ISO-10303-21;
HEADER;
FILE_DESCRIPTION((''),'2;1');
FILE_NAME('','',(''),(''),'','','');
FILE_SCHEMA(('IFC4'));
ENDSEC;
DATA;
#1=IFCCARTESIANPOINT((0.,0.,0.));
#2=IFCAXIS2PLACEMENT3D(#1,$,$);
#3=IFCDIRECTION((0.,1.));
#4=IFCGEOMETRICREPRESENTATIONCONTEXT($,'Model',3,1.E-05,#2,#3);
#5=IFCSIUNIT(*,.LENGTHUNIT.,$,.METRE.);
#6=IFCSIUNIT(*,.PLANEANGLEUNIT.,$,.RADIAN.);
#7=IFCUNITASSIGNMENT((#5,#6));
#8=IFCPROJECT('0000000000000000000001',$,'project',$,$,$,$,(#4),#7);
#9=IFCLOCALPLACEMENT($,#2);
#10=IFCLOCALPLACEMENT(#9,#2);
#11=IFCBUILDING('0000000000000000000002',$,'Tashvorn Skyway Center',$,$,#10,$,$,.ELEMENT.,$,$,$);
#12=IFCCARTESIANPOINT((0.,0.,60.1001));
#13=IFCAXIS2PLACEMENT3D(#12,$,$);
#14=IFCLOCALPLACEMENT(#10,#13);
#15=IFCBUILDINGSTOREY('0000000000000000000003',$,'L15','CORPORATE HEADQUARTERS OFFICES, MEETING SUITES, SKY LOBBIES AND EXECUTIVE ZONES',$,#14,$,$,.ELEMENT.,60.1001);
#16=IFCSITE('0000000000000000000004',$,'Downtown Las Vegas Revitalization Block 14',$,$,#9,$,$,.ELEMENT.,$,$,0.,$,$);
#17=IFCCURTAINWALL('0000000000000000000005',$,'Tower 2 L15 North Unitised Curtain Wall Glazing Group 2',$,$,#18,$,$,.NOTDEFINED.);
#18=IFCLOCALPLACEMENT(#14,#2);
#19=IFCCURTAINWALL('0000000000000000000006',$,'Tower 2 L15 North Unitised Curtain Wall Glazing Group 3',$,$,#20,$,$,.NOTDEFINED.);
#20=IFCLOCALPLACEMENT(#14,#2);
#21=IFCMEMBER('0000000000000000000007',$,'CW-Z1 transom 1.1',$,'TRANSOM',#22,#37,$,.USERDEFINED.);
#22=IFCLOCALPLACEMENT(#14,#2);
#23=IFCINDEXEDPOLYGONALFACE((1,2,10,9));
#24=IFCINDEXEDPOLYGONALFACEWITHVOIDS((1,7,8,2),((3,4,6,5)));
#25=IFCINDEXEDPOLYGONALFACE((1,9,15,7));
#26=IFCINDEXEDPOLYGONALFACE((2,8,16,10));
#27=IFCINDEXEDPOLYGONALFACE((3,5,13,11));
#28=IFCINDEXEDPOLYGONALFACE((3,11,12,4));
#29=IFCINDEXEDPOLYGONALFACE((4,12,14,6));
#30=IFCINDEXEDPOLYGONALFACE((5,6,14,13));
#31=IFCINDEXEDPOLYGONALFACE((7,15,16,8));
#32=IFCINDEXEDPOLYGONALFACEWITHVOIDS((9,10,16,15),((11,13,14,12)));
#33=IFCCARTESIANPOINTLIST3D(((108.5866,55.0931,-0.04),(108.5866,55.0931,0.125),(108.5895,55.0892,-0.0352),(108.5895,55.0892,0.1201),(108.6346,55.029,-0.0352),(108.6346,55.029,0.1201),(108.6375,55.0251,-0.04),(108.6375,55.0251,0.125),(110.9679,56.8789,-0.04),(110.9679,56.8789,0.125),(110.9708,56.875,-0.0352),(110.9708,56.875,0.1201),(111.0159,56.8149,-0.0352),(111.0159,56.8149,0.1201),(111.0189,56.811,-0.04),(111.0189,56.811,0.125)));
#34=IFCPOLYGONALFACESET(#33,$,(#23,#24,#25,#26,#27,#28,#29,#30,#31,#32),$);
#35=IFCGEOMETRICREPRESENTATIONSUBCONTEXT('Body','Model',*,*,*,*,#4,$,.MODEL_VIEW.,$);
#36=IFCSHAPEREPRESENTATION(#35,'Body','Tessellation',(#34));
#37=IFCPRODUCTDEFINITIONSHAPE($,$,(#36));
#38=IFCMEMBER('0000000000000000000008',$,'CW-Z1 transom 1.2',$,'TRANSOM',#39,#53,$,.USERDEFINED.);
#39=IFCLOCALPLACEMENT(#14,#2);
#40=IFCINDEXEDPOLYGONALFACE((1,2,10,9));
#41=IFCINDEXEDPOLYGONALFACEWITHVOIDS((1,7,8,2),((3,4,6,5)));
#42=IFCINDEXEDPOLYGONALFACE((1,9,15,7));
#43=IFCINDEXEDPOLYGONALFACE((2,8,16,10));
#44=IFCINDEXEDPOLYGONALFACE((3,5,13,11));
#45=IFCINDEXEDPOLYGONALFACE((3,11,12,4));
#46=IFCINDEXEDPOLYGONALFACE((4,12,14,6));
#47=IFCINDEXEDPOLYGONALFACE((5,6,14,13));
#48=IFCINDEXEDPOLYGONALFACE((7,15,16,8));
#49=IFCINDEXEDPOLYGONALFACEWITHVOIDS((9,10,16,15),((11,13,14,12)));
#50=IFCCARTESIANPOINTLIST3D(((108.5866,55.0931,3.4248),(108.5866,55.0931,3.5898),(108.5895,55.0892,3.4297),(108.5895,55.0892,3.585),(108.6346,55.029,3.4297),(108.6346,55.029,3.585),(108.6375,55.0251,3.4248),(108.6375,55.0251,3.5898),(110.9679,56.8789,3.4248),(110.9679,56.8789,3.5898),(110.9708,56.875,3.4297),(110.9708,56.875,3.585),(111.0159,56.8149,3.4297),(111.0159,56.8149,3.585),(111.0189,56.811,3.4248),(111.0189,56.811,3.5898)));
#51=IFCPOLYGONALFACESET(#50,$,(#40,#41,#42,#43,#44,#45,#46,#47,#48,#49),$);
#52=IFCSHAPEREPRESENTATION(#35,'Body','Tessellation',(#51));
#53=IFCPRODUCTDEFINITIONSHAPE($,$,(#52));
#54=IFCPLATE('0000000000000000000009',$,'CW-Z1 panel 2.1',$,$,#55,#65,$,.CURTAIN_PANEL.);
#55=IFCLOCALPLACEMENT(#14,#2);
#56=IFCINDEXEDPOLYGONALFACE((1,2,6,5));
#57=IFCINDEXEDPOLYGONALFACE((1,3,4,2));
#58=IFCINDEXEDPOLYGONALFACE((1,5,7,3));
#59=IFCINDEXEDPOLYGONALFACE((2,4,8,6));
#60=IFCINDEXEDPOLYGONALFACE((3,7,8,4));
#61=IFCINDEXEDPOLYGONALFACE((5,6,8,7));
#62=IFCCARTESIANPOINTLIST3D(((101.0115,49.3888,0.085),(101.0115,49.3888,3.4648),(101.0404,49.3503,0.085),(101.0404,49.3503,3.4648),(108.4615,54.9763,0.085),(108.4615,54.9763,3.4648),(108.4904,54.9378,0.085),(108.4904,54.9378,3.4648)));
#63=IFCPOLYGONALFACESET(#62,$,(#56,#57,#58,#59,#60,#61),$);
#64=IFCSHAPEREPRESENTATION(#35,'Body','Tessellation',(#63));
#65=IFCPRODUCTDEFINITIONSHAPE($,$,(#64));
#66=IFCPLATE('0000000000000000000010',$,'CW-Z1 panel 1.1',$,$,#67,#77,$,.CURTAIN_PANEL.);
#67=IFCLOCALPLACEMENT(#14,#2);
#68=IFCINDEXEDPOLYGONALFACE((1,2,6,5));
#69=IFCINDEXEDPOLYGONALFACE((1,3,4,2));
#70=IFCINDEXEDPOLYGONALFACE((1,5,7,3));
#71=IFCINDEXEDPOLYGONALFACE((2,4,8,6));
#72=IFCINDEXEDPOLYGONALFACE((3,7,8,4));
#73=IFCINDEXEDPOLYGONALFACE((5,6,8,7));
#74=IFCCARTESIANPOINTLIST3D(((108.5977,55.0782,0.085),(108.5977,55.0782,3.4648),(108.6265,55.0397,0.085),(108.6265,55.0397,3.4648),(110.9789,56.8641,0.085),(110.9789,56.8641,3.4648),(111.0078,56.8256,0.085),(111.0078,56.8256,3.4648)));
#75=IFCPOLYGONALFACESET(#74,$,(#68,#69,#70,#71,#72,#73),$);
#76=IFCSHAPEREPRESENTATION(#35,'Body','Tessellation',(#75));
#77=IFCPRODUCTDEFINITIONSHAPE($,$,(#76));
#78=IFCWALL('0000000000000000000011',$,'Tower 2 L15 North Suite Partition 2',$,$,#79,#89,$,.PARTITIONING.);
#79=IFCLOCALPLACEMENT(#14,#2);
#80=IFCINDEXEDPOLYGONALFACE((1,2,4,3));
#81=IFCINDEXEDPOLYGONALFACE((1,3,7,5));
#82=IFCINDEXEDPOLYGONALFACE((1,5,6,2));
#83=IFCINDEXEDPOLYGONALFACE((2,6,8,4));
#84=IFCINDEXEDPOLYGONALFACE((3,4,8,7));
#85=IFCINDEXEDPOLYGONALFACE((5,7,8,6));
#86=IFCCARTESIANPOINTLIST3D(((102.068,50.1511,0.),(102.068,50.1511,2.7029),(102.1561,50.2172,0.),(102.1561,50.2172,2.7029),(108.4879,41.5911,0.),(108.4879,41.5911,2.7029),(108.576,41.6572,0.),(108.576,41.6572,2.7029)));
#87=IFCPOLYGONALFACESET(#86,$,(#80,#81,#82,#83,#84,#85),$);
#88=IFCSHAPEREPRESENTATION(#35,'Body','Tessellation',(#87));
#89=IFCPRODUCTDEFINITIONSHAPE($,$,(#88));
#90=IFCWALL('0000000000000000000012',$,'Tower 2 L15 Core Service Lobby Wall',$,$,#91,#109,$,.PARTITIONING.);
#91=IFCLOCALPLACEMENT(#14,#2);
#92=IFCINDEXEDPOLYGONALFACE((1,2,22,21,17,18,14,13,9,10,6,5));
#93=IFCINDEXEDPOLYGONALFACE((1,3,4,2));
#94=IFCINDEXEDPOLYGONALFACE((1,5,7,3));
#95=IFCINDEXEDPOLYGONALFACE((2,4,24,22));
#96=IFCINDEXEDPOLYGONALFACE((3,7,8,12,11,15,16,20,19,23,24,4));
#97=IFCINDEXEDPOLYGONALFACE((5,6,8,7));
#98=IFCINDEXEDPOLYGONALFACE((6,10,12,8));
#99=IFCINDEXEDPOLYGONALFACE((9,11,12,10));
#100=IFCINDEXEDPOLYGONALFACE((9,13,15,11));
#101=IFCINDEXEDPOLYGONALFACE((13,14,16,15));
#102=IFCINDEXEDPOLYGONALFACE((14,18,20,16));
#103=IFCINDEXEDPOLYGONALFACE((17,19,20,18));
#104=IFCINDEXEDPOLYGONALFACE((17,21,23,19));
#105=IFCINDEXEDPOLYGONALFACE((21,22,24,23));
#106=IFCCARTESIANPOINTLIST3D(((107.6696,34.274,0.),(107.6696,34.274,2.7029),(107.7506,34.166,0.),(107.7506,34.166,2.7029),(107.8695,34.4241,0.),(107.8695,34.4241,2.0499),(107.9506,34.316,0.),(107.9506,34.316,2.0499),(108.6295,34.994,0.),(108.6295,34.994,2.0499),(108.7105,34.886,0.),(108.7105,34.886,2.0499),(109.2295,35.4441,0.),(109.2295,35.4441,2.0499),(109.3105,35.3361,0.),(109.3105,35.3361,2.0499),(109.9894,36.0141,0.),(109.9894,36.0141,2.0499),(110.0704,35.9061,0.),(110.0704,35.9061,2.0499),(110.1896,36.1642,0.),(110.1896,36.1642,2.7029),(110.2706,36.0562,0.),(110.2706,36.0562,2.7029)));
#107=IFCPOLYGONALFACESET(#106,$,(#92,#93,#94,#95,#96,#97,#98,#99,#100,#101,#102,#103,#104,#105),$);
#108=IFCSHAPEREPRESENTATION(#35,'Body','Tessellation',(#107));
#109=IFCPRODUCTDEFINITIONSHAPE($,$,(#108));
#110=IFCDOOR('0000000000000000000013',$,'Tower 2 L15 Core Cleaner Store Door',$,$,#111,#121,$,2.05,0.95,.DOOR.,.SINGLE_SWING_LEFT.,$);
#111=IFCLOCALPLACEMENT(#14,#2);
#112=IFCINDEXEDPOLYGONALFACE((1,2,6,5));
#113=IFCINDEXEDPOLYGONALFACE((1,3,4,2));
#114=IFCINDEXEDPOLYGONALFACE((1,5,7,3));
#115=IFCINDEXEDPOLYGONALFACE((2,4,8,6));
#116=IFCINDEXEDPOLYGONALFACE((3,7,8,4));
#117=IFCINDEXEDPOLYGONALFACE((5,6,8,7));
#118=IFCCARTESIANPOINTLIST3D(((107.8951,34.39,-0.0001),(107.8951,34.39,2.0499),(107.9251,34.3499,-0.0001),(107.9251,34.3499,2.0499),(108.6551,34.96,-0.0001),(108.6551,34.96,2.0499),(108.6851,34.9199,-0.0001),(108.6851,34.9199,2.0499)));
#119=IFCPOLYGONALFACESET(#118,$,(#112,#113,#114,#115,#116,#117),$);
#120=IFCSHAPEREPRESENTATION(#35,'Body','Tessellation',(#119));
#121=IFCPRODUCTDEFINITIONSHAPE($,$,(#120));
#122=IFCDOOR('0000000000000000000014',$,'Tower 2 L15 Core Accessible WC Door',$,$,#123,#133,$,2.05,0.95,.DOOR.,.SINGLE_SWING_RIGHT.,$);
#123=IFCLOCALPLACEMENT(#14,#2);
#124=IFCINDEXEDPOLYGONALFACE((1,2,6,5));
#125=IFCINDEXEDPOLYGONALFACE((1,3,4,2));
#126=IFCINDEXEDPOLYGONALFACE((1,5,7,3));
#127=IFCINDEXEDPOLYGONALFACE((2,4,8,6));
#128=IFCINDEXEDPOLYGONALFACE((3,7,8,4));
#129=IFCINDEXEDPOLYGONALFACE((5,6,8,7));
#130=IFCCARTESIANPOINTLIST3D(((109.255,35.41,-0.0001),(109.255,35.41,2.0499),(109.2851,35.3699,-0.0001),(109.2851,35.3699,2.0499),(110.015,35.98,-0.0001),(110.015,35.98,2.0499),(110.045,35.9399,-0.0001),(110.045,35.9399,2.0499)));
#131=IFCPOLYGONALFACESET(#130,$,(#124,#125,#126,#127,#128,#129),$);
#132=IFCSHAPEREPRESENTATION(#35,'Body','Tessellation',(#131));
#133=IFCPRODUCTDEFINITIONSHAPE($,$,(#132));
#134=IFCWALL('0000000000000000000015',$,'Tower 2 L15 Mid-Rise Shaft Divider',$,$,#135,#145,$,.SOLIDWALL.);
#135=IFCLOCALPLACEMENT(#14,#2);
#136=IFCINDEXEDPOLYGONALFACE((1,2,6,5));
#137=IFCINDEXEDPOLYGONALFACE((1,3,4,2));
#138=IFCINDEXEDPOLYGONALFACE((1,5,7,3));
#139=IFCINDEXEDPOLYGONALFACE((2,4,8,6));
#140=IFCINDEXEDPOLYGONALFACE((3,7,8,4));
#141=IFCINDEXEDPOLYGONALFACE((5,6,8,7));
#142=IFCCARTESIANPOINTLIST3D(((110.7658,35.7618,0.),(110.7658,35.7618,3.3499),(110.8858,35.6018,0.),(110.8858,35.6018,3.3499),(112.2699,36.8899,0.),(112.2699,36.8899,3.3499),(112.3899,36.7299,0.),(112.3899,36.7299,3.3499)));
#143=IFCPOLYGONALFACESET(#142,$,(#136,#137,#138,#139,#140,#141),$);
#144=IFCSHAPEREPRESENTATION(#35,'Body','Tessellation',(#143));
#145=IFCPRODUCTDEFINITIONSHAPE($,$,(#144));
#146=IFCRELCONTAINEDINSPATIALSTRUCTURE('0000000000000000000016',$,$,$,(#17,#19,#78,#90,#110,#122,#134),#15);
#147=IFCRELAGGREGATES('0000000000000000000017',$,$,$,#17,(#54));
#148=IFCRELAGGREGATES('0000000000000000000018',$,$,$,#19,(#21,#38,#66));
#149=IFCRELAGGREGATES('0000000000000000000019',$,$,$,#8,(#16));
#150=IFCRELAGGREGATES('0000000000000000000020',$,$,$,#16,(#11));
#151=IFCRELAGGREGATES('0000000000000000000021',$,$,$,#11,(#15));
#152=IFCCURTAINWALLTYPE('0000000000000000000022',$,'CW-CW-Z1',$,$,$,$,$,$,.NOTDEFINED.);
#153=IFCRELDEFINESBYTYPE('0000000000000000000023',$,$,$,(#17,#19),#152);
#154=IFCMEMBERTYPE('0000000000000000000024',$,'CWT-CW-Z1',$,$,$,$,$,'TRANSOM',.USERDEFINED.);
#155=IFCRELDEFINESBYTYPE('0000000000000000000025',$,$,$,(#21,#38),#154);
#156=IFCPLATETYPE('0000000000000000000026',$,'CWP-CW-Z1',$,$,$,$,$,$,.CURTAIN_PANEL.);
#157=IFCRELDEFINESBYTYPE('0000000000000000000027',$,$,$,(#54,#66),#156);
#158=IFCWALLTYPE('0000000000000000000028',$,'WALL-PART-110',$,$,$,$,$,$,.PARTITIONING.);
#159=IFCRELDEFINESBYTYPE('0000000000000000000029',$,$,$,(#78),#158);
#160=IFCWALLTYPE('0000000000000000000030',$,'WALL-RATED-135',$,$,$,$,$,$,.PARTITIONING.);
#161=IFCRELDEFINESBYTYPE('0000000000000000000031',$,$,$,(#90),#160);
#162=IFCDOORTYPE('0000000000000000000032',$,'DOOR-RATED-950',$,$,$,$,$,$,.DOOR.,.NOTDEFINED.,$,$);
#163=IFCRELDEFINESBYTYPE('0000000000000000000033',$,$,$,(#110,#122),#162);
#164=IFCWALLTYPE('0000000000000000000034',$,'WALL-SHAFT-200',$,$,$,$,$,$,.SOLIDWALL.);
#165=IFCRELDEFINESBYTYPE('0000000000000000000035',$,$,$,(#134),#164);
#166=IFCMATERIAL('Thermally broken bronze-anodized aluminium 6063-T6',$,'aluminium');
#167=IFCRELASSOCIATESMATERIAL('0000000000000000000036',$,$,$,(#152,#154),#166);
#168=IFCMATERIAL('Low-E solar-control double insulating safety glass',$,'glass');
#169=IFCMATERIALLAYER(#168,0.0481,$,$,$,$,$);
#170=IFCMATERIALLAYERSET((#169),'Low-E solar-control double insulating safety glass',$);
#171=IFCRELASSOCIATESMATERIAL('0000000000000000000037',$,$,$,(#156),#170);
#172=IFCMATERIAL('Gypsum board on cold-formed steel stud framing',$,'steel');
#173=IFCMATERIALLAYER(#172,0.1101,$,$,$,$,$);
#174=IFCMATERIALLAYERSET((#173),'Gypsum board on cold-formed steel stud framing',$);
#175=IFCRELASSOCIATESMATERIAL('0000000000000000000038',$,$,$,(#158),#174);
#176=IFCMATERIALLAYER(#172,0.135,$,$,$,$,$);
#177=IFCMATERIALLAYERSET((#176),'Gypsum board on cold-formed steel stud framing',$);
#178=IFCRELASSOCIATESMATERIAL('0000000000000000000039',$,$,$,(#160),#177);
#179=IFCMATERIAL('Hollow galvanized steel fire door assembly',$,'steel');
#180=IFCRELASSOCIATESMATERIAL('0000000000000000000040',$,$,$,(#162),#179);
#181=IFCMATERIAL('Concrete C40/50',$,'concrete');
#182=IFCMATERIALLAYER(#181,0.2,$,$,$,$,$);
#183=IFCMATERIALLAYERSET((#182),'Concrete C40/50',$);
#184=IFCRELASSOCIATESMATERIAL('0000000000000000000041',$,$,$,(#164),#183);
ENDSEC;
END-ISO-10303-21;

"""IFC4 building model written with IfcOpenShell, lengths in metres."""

from ifc_helpers import new_model, si_unit, direction, frame, frame_2d, origin, origin_2d, place, context, subcontext, project, spatial, rectangle, hollow_rectangle, extrude, material, layer, layer_set, material_profile, profile_set, type_object, element, fill, aggregate, save


model = new_model("IFC4")

# Units and contexts
model_context = context("Model", 3, precision=1e-05, world=origin(), true_north=direction((0.0, 1.0)))
body_context = subcontext(model_context, "Body", "Model", "MODEL_VIEW")
ifc_project = project(units=[si_unit("LENGTHUNIT", "METRE"), si_unit("PLANEANGLEUNIT", "RADIAN")], contexts=[model_context])

# Site, building, storey
site_placement = place(None, origin())
site = spatial("IfcSite", under=ifc_project, at=site_placement, Name="Downtown Las Vegas Revitalization Block 14", CompositionType="ELEMENT", RefElevation=0.0)
building_placement = place(site_placement, origin())
building = spatial("IfcBuilding", under=site, at=building_placement, Name="Tashvorn Skyway Center", CompositionType="ELEMENT")
storey_placement = place(building_placement, frame((0.0, 0.0, 60.1001)))
storey = spatial("IfcBuildingStorey", under=building, at=storey_placement, Name="L15", Description="CORPORATE HEADQUARTERS OFFICES, MEETING SUITES, SKY LOBBIES AND EXECUTIVE ZONES", CompositionType="ELEMENT", Elevation=60.1001)

# Curtain wall
ifc_material_1 = material(Name="Thermally broken bronze-anodized aluminium 6063-T6", Category="aluminium")
curtain_wall_type = type_object("IfcCurtainWallType", Name="CW-CW-Z1", PredefinedType="NOTDEFINED", material=ifc_material_1)
curtain_wall_1_placement = place(storey_placement, origin())
curtain_wall_1 = element("IfcCurtainWall", 1, at=curtain_wall_1_placement, inside=storey, type_object=curtain_wall_type, Name="Tower 2 L15 North Unitised Curtain Wall Glazing Group 2", PredefinedType="NOTDEFINED")

# Curtain wall
curtain_wall_2_placement = place(storey_placement, origin())
curtain_wall_2 = element("IfcCurtainWall", 2, at=curtain_wall_2_placement, inside=storey, type_object=curtain_wall_type, Name="Tower 2 L15 North Unitised Curtain Wall Glazing Group 3", PredefinedType="NOTDEFINED")

# Members
ifc_material_profile_1 = material_profile(ifc_material_1, hollow_rectangle(XDim=0.085, YDim=0.165, WallThickness=0.0049, at=origin_2d()), Name="ALU-TRAN-85x165")
ifc_profile_set_1 = profile_set([ifc_material_profile_1], Name="Thermally broken bronze-anodized aluminium 6063-T6")
member_type_1 = type_object("IfcMemberType", Name="CWT-CW-Z1", ElementType="TRANSOM", PredefinedType="USERDEFINED", material=ifc_profile_set_1)
member_1_placement = place(storey_placement, frame((108.6121, 55.0591, 0.0425), z_axis=(0.80002, 0.599974, 0.0), x_axis=(-0.599974, 0.80002, 0.0)))
member_1 = element("IfcMember", 3, at=member_1_placement, type_object=member_type_1, Name="CW-Z1 transom 1.1", ObjectType="TRANSOM", PredefinedType="USERDEFINED", context=body_context, shape_type="SweptSolid", body=[
    extrude(hollow_rectangle(XDim=0.085, YDim=0.165, WallThickness=0.0049, at=origin_2d()), origin(), (0.0, 0.0, 1.0), 2.9766),
])
member_2_placement = place(storey_placement, frame((108.6121, 55.0591, 3.5073), z_axis=(0.80002, 0.599974, 0.0), x_axis=(-0.599974, 0.80002, 0.0)))
member_2 = element("IfcMember", 4, at=member_2_placement, type_object=member_type_1, Name="CW-Z1 transom 1.2", ObjectType="TRANSOM", PredefinedType="USERDEFINED", context=body_context, shape_type="SweptSolid", body=[
    extrude(hollow_rectangle(XDim=0.085, YDim=0.165, WallThickness=0.0049, at=origin_2d()), origin(), (0.0, 0.0, 1.0), 2.9766),
])

# Plates
ifc_material_2 = material(Name="Low-E solar-control double insulating safety glass", Category="glass")
ifc_layer_1 = layer(ifc_material_2, 0.0481)
ifc_layer_set_1 = layer_set([ifc_layer_1], Name="Low-E solar-control double insulating safety glass")
plate_type = type_object("IfcPlateType", Name="CWP-CW-Z1", PredefinedType="CURTAIN_PANEL", material=ifc_layer_set_1)
plate_1_placement = place(storey_placement, frame((104.751, 52.1633, 0.085), z_axis=(0.0, 0.0, 1.0), x_axis=(0.8, 0.6, 0.0)))
plate_1 = element("IfcPlate", 5, at=plate_1_placement, type_object=plate_type, Name="CW-Z1 panel 2.1", PredefinedType="CURTAIN_PANEL", context=body_context, shape_type="SweptSolid", body=[
    extrude(rectangle(XDim=9.3125, YDim=0.0481, at=origin_2d()), origin(), (0.0, 0.0, 1.0), 3.3799),
])
aggregate(curtain_wall_1, [plate_1])
plate_2_placement = place(storey_placement, frame((109.8027, 55.9519, 0.085), z_axis=(0.0, 0.0, 1.0), x_axis=(0.799996, 0.600005, 0.0)))
plate_2 = element("IfcPlate", 6, at=plate_2_placement, type_object=plate_type, Name="CW-Z1 panel 1.1", PredefinedType="CURTAIN_PANEL", context=body_context, shape_type="SweptSolid", body=[
    extrude(rectangle(XDim=2.9766, YDim=0.0481, at=origin_2d()), origin(), (0.0, 0.0, 1.0), 3.3799),
])
aggregate(curtain_wall_2, [member_1, member_2, plate_2])

# Wall
ifc_material_3 = material(Name="Gypsum board on cold-formed steel stud framing", Category="steel")
ifc_layer_2 = layer(ifc_material_3, 0.1101)
ifc_layer_set_2 = layer_set([ifc_layer_2], Name="Gypsum board on cold-formed steel stud framing")
wall_type_1 = type_object("IfcWallType", Name="WALL-PART-110", PredefinedType="PARTITIONING", material=ifc_layer_set_2)
wall_1_placement = place(storey_placement, frame((108.532, 41.624, 0.0), z_axis=(0.0, 0.0, 1.0), x_axis=(-0.599993, 0.800005, 0.0)))
element("IfcWall", 7, at=wall_1_placement, inside=storey, type_object=wall_type_1, Name="Tower 2 L15 North Suite Partition 2", PredefinedType="PARTITIONING", context=body_context, shape_type="SweptSolid", body=[
    extrude(rectangle(XDim=10.7, YDim=0.1101, at=frame_2d((5.3501, 0.0))), origin(), (0.0, 0.0, 1.0), 2.7029),
])

# Wall, openings, doors
ifc_layer_3 = layer(ifc_material_3, 0.135)
ifc_layer_set_3 = layer_set([ifc_layer_3], Name="Gypsum board on cold-formed steel stud framing")
wall_type_2 = type_object("IfcWallType", Name="WALL-RATED-135", PredefinedType="PARTITIONING", material=ifc_layer_set_3)
wall_2_placement = place(storey_placement, frame((107.71, 34.22, 0.0), z_axis=(0.0, 0.0, 1.0), x_axis=(0.799981, 0.600025, 0.0)))
wall_2 = element("IfcWall", 8, at=wall_2_placement, inside=storey, type_object=wall_type_2, Name="Tower 2 L15 Core Service Lobby Wall", PredefinedType="PARTITIONING", context=body_context, shape_type="SweptSolid", body=[
    extrude(rectangle(XDim=3.1501, YDim=0.135, at=frame_2d((1.5752, 0.0))), origin(), (0.0, 0.0, 1.0), 2.7029),
])
opening_1_placement = place(wall_2_placement, frame((0.25, 0.0, 0.0)))
opening_1 = element("IfcOpeningElement", 9, at=opening_1_placement, cuts=wall_2, PredefinedType="OPENING", context=body_context, shape_type="SweptSolid", body=[
    extrude(rectangle(XDim=0.95, YDim=2.05, at=frame_2d((0.4751, 1.0249))), frame((0.0, 0.0774, 0.0), z_axis=(0.0, -1.0, 0.0), x_axis=(1.0, 0.0, 0.0)), (0.0, 0.0, 1.0), 0.155),
])
opening_2_placement = place(wall_2_placement, frame((1.95, 0.0, 0.0)))
opening_2 = element("IfcOpeningElement", 10, at=opening_2_placement, cuts=wall_2, PredefinedType="OPENING", context=body_context, shape_type="SweptSolid", body=[
    extrude(rectangle(XDim=0.95, YDim=2.05, at=frame_2d((0.4751, 1.0249))), frame((0.0, 0.0774, 0.0), z_axis=(0.0, -1.0, 0.0), x_axis=(1.0, 0.0, 0.0)), (0.0, 0.0, 1.0), 0.155),
])
ifc_material_4 = material(Name="Hollow galvanized steel fire door assembly", Category="steel")
door_type = type_object("IfcDoorType", Name="DOOR-RATED-950", OperationType="NOTDEFINED", PredefinedType="DOOR", material=ifc_material_4)
door_1_placement = place(opening_1_placement, origin())
door_1 = element("IfcDoor", 11, at=door_1_placement, inside=storey, type_object=door_type, Name="Tower 2 L15 Core Cleaner Store Door", OperationType="SINGLE_SWING_LEFT", OverallHeight=2.05, OverallWidth=0.95, PredefinedType="DOOR", context=body_context, shape_type="SweptSolid", body=[
    extrude(rectangle(XDim=0.95, YDim=2.05, at=frame_2d((0.4751, 1.0249))), frame((0.0, 0.0249, 0.0), z_axis=(0.0, -1.0, 0.0), x_axis=(1.0, 0.0, 0.0)), (0.0, 0.0, 1.0), 0.05),
])
fill(opening_1, door_1)
door_2_placement = place(opening_2_placement, origin())
door_2 = element("IfcDoor", 12, at=door_2_placement, inside=storey, type_object=door_type, Name="Tower 2 L15 Core Accessible WC Door", OperationType="SINGLE_SWING_RIGHT", OverallHeight=2.05, OverallWidth=0.95, PredefinedType="DOOR", context=body_context, shape_type="SweptSolid", body=[
    extrude(rectangle(XDim=0.95, YDim=2.05, at=frame_2d((0.4751, 1.0249))), frame((0.0, 0.0249, 0.0), z_axis=(0.0, -1.0, 0.0), x_axis=(1.0, 0.0, 0.0)), (0.0, 0.0, 1.0), 0.05),
])
fill(opening_2, door_2)

# Wall
ifc_material_5 = material(Name="Concrete C40/50", Category="concrete")
ifc_layer_4 = layer(ifc_material_5, 0.2)
ifc_layer_set_4 = layer_set([ifc_layer_4], Name="Concrete C40/50")
wall_type_3 = type_object("IfcWallType", Name="WALL-SHAFT-200", PredefinedType="SOLIDWALL", material=ifc_layer_set_4)
wall_3_placement = place(storey_placement, frame((110.8259, 35.6819, 0.0), z_axis=(0.0, 0.0, 1.0), x_axis=(0.799984, 0.600021, 0.0)))
element("IfcWall", 13, at=wall_3_placement, inside=storey, type_object=wall_type_3, Name="Tower 2 L15 Mid-Rise Shaft Divider", PredefinedType="SOLIDWALL", context=body_context, shape_type="SweptSolid", body=[
    extrude(rectangle(XDim=1.8801, YDim=0.2, at=frame_2d((0.9399, 0.0))), origin(), (0.0, 0.0, 1.0), 3.3499),
])

save(model, "model.ifc")
